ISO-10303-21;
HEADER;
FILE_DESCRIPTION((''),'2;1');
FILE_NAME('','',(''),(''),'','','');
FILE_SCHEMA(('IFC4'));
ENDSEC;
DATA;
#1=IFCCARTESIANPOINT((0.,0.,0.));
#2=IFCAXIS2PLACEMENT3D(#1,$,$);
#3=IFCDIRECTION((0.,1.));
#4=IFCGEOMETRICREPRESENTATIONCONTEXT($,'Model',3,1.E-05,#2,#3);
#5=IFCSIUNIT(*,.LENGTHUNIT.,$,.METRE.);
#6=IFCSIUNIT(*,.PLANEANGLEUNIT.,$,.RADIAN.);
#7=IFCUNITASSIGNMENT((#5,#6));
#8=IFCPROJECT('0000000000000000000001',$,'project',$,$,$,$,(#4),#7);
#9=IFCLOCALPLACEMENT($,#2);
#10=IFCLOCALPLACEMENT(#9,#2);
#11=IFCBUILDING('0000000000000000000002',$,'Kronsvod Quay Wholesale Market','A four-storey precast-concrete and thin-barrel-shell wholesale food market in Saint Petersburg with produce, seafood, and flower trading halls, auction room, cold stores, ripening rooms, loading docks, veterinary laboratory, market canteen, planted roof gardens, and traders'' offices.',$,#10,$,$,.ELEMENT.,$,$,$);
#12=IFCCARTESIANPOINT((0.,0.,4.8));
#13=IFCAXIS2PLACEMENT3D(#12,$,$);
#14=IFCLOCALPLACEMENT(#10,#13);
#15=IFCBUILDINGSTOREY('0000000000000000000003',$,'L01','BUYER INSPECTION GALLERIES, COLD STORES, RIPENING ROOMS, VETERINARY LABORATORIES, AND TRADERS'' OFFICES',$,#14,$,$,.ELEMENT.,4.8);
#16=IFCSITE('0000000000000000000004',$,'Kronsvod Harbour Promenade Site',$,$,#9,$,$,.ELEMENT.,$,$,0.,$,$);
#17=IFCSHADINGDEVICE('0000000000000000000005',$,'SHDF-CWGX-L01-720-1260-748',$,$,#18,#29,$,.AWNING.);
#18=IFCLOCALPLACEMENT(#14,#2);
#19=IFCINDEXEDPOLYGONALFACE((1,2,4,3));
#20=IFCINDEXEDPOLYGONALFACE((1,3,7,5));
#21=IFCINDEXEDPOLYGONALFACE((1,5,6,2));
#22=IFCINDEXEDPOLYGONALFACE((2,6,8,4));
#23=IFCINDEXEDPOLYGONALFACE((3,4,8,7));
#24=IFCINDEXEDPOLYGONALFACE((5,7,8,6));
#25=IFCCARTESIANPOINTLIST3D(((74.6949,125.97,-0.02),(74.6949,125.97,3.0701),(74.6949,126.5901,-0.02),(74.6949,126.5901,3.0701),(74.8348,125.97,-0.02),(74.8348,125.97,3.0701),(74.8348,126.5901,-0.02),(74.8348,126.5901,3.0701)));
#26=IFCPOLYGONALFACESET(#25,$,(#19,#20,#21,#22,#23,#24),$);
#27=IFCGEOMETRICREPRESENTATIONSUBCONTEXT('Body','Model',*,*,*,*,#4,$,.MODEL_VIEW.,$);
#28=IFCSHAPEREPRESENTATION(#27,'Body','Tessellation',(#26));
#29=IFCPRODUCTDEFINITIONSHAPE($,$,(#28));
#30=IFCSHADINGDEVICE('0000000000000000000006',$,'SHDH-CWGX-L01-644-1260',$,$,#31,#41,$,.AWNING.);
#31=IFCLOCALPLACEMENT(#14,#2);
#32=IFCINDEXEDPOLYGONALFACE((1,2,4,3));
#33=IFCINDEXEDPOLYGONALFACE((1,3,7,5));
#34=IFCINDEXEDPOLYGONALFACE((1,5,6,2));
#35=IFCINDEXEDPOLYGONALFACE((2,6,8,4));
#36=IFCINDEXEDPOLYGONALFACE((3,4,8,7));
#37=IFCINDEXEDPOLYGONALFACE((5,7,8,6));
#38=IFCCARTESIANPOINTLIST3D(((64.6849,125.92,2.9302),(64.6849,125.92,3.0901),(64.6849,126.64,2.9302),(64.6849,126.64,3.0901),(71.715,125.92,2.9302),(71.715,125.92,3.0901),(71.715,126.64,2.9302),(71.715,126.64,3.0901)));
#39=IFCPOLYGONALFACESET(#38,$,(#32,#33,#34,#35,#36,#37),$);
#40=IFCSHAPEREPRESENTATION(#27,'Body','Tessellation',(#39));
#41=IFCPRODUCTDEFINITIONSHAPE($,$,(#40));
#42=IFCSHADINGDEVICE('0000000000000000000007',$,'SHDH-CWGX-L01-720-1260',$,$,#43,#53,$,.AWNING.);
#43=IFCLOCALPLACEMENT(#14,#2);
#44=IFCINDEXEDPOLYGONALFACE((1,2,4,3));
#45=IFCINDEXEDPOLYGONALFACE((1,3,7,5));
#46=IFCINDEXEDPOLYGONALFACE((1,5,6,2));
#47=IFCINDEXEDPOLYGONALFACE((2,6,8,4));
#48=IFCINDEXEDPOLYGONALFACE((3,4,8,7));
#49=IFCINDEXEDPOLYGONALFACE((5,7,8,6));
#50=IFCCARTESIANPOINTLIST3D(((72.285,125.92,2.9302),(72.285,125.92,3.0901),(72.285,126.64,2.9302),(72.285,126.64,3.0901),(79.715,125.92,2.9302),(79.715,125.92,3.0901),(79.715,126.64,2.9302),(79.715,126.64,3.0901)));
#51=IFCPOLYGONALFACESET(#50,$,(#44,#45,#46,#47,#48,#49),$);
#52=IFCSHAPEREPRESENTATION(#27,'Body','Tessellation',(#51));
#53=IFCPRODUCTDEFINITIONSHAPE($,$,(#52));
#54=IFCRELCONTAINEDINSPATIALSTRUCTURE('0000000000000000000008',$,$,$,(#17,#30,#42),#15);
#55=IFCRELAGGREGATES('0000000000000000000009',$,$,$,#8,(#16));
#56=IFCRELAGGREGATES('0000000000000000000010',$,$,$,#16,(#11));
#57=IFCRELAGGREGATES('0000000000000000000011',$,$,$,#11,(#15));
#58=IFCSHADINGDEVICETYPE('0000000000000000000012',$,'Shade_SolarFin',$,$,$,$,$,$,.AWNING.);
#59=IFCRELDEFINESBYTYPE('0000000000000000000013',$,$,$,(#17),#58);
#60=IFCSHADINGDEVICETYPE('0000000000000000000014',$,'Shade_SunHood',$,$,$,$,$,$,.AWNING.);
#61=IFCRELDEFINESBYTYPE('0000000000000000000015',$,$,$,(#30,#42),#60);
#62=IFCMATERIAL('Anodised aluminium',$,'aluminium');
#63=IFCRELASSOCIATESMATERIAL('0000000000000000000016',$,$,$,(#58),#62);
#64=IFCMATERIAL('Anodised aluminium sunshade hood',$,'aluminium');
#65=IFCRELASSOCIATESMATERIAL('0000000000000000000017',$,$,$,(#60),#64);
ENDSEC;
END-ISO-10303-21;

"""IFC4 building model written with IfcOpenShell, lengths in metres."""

from ifc_helpers import new_model, si_unit, direction, frame, origin, origin_2d, place, context, subcontext, project, spatial, rectangle, extrude, material, type_object, element, save


model = new_model("IFC4")

# Units and contexts
model_context = context("Model", 3, precision=1e-05, world=origin(), true_north=direction((0.0, 1.0)))
body_context = subcontext(model_context, "Body", "Model", "MODEL_VIEW")
ifc_project = project(units=[si_unit("LENGTHUNIT", "METRE"), si_unit("PLANEANGLEUNIT", "RADIAN")], contexts=[model_context])

# Site, building, storey
site_placement = place(None, origin())
site = spatial("IfcSite", under=ifc_project, at=site_placement, Name="Kronsvod Harbour Promenade Site", CompositionType="ELEMENT", RefElevation=0.0)
building_placement = place(site_placement, origin())
building = spatial("IfcBuilding", under=site, at=building_placement, Name="Kronsvod Quay Wholesale Market", Description="A four-storey precast-concrete and thin-barrel-shell wholesale food market in Saint Petersburg with produce, seafood, and flower trading halls, auction room, cold stores, ripening rooms, loading docks, veterinary laboratory, market canteen, planted roof gardens, and traders' offices.", CompositionType="ELEMENT")
storey_placement = place(building_placement, frame((0.0, 0.0, 4.8)))
storey = spatial("IfcBuildingStorey", under=building, at=storey_placement, Name="L01", Description="BUYER INSPECTION GALLERIES, COLD STORES, RIPENING ROOMS, VETERINARY LABORATORIES, AND TRADERS' OFFICES", CompositionType="ELEMENT", Elevation=4.8)

# Shading devices
ifc_material_1 = material(Name="Anodised aluminium", Category="aluminium")
shading_device_type_1 = type_object("IfcShadingDeviceType", Name="Shade_SolarFin", PredefinedType="AWNING", material=ifc_material_1)
for number, where, z_axis, x_axis, name in (
    (1, (74.7649, 126.28, -0.02), (0.0, 0.0, 1.0), (1.0, 0.0, 0.0), "SHDF-CWGX-L01-720-1260-748"),
):
    element("IfcShadingDevice", number, at=place(storey_placement, frame(where, z_axis=z_axis, x_axis=x_axis)), inside=storey, type_object=shading_device_type_1, Name=name, PredefinedType="AWNING", context=body_context, shape_type="SweptSolid", body=[
        extrude(rectangle(XDim=0.1399, YDim=0.6201, at=origin_2d()), origin(), (0.0, 0.0, 1.0), 3.0901),
    ])
ifc_material_2 = material(Name="Anodised aluminium sunshade hood", Category="aluminium")
shading_device_type_2 = type_object("IfcShadingDeviceType", Name="Shade_SunHood", PredefinedType="AWNING", material=ifc_material_2)
shading_device_1_placement = place(storey_placement, frame((68.2, 126.28, 2.9302), z_axis=(0.0, 0.0, 1.0), x_axis=(1.0, 0.0, 0.0)))
element("IfcShadingDevice", 2, at=shading_device_1_placement, inside=storey, type_object=shading_device_type_2, Name="SHDH-CWGX-L01-644-1260", PredefinedType="AWNING", context=body_context, shape_type="SweptSolid", body=[
    extrude(rectangle(XDim=7.03, YDim=0.72, at=origin_2d()), origin(), (0.0, 0.0, 1.0), 0.1599),
])
shading_device_2_placement = place(storey_placement, frame((76.0, 126.28, 2.9302), z_axis=(0.0, 0.0, 1.0), x_axis=(1.0, 0.0, 0.0)))
element("IfcShadingDevice", 3, at=shading_device_2_placement, inside=storey, type_object=shading_device_type_2, Name="SHDH-CWGX-L01-720-1260", PredefinedType="AWNING", context=body_context, shape_type="SweptSolid", body=[
    extrude(rectangle(XDim=7.4299, YDim=0.72, at=origin_2d()), origin(), (0.0, 0.0, 1.0), 0.1599),
])

save(model, "model.ifc")
